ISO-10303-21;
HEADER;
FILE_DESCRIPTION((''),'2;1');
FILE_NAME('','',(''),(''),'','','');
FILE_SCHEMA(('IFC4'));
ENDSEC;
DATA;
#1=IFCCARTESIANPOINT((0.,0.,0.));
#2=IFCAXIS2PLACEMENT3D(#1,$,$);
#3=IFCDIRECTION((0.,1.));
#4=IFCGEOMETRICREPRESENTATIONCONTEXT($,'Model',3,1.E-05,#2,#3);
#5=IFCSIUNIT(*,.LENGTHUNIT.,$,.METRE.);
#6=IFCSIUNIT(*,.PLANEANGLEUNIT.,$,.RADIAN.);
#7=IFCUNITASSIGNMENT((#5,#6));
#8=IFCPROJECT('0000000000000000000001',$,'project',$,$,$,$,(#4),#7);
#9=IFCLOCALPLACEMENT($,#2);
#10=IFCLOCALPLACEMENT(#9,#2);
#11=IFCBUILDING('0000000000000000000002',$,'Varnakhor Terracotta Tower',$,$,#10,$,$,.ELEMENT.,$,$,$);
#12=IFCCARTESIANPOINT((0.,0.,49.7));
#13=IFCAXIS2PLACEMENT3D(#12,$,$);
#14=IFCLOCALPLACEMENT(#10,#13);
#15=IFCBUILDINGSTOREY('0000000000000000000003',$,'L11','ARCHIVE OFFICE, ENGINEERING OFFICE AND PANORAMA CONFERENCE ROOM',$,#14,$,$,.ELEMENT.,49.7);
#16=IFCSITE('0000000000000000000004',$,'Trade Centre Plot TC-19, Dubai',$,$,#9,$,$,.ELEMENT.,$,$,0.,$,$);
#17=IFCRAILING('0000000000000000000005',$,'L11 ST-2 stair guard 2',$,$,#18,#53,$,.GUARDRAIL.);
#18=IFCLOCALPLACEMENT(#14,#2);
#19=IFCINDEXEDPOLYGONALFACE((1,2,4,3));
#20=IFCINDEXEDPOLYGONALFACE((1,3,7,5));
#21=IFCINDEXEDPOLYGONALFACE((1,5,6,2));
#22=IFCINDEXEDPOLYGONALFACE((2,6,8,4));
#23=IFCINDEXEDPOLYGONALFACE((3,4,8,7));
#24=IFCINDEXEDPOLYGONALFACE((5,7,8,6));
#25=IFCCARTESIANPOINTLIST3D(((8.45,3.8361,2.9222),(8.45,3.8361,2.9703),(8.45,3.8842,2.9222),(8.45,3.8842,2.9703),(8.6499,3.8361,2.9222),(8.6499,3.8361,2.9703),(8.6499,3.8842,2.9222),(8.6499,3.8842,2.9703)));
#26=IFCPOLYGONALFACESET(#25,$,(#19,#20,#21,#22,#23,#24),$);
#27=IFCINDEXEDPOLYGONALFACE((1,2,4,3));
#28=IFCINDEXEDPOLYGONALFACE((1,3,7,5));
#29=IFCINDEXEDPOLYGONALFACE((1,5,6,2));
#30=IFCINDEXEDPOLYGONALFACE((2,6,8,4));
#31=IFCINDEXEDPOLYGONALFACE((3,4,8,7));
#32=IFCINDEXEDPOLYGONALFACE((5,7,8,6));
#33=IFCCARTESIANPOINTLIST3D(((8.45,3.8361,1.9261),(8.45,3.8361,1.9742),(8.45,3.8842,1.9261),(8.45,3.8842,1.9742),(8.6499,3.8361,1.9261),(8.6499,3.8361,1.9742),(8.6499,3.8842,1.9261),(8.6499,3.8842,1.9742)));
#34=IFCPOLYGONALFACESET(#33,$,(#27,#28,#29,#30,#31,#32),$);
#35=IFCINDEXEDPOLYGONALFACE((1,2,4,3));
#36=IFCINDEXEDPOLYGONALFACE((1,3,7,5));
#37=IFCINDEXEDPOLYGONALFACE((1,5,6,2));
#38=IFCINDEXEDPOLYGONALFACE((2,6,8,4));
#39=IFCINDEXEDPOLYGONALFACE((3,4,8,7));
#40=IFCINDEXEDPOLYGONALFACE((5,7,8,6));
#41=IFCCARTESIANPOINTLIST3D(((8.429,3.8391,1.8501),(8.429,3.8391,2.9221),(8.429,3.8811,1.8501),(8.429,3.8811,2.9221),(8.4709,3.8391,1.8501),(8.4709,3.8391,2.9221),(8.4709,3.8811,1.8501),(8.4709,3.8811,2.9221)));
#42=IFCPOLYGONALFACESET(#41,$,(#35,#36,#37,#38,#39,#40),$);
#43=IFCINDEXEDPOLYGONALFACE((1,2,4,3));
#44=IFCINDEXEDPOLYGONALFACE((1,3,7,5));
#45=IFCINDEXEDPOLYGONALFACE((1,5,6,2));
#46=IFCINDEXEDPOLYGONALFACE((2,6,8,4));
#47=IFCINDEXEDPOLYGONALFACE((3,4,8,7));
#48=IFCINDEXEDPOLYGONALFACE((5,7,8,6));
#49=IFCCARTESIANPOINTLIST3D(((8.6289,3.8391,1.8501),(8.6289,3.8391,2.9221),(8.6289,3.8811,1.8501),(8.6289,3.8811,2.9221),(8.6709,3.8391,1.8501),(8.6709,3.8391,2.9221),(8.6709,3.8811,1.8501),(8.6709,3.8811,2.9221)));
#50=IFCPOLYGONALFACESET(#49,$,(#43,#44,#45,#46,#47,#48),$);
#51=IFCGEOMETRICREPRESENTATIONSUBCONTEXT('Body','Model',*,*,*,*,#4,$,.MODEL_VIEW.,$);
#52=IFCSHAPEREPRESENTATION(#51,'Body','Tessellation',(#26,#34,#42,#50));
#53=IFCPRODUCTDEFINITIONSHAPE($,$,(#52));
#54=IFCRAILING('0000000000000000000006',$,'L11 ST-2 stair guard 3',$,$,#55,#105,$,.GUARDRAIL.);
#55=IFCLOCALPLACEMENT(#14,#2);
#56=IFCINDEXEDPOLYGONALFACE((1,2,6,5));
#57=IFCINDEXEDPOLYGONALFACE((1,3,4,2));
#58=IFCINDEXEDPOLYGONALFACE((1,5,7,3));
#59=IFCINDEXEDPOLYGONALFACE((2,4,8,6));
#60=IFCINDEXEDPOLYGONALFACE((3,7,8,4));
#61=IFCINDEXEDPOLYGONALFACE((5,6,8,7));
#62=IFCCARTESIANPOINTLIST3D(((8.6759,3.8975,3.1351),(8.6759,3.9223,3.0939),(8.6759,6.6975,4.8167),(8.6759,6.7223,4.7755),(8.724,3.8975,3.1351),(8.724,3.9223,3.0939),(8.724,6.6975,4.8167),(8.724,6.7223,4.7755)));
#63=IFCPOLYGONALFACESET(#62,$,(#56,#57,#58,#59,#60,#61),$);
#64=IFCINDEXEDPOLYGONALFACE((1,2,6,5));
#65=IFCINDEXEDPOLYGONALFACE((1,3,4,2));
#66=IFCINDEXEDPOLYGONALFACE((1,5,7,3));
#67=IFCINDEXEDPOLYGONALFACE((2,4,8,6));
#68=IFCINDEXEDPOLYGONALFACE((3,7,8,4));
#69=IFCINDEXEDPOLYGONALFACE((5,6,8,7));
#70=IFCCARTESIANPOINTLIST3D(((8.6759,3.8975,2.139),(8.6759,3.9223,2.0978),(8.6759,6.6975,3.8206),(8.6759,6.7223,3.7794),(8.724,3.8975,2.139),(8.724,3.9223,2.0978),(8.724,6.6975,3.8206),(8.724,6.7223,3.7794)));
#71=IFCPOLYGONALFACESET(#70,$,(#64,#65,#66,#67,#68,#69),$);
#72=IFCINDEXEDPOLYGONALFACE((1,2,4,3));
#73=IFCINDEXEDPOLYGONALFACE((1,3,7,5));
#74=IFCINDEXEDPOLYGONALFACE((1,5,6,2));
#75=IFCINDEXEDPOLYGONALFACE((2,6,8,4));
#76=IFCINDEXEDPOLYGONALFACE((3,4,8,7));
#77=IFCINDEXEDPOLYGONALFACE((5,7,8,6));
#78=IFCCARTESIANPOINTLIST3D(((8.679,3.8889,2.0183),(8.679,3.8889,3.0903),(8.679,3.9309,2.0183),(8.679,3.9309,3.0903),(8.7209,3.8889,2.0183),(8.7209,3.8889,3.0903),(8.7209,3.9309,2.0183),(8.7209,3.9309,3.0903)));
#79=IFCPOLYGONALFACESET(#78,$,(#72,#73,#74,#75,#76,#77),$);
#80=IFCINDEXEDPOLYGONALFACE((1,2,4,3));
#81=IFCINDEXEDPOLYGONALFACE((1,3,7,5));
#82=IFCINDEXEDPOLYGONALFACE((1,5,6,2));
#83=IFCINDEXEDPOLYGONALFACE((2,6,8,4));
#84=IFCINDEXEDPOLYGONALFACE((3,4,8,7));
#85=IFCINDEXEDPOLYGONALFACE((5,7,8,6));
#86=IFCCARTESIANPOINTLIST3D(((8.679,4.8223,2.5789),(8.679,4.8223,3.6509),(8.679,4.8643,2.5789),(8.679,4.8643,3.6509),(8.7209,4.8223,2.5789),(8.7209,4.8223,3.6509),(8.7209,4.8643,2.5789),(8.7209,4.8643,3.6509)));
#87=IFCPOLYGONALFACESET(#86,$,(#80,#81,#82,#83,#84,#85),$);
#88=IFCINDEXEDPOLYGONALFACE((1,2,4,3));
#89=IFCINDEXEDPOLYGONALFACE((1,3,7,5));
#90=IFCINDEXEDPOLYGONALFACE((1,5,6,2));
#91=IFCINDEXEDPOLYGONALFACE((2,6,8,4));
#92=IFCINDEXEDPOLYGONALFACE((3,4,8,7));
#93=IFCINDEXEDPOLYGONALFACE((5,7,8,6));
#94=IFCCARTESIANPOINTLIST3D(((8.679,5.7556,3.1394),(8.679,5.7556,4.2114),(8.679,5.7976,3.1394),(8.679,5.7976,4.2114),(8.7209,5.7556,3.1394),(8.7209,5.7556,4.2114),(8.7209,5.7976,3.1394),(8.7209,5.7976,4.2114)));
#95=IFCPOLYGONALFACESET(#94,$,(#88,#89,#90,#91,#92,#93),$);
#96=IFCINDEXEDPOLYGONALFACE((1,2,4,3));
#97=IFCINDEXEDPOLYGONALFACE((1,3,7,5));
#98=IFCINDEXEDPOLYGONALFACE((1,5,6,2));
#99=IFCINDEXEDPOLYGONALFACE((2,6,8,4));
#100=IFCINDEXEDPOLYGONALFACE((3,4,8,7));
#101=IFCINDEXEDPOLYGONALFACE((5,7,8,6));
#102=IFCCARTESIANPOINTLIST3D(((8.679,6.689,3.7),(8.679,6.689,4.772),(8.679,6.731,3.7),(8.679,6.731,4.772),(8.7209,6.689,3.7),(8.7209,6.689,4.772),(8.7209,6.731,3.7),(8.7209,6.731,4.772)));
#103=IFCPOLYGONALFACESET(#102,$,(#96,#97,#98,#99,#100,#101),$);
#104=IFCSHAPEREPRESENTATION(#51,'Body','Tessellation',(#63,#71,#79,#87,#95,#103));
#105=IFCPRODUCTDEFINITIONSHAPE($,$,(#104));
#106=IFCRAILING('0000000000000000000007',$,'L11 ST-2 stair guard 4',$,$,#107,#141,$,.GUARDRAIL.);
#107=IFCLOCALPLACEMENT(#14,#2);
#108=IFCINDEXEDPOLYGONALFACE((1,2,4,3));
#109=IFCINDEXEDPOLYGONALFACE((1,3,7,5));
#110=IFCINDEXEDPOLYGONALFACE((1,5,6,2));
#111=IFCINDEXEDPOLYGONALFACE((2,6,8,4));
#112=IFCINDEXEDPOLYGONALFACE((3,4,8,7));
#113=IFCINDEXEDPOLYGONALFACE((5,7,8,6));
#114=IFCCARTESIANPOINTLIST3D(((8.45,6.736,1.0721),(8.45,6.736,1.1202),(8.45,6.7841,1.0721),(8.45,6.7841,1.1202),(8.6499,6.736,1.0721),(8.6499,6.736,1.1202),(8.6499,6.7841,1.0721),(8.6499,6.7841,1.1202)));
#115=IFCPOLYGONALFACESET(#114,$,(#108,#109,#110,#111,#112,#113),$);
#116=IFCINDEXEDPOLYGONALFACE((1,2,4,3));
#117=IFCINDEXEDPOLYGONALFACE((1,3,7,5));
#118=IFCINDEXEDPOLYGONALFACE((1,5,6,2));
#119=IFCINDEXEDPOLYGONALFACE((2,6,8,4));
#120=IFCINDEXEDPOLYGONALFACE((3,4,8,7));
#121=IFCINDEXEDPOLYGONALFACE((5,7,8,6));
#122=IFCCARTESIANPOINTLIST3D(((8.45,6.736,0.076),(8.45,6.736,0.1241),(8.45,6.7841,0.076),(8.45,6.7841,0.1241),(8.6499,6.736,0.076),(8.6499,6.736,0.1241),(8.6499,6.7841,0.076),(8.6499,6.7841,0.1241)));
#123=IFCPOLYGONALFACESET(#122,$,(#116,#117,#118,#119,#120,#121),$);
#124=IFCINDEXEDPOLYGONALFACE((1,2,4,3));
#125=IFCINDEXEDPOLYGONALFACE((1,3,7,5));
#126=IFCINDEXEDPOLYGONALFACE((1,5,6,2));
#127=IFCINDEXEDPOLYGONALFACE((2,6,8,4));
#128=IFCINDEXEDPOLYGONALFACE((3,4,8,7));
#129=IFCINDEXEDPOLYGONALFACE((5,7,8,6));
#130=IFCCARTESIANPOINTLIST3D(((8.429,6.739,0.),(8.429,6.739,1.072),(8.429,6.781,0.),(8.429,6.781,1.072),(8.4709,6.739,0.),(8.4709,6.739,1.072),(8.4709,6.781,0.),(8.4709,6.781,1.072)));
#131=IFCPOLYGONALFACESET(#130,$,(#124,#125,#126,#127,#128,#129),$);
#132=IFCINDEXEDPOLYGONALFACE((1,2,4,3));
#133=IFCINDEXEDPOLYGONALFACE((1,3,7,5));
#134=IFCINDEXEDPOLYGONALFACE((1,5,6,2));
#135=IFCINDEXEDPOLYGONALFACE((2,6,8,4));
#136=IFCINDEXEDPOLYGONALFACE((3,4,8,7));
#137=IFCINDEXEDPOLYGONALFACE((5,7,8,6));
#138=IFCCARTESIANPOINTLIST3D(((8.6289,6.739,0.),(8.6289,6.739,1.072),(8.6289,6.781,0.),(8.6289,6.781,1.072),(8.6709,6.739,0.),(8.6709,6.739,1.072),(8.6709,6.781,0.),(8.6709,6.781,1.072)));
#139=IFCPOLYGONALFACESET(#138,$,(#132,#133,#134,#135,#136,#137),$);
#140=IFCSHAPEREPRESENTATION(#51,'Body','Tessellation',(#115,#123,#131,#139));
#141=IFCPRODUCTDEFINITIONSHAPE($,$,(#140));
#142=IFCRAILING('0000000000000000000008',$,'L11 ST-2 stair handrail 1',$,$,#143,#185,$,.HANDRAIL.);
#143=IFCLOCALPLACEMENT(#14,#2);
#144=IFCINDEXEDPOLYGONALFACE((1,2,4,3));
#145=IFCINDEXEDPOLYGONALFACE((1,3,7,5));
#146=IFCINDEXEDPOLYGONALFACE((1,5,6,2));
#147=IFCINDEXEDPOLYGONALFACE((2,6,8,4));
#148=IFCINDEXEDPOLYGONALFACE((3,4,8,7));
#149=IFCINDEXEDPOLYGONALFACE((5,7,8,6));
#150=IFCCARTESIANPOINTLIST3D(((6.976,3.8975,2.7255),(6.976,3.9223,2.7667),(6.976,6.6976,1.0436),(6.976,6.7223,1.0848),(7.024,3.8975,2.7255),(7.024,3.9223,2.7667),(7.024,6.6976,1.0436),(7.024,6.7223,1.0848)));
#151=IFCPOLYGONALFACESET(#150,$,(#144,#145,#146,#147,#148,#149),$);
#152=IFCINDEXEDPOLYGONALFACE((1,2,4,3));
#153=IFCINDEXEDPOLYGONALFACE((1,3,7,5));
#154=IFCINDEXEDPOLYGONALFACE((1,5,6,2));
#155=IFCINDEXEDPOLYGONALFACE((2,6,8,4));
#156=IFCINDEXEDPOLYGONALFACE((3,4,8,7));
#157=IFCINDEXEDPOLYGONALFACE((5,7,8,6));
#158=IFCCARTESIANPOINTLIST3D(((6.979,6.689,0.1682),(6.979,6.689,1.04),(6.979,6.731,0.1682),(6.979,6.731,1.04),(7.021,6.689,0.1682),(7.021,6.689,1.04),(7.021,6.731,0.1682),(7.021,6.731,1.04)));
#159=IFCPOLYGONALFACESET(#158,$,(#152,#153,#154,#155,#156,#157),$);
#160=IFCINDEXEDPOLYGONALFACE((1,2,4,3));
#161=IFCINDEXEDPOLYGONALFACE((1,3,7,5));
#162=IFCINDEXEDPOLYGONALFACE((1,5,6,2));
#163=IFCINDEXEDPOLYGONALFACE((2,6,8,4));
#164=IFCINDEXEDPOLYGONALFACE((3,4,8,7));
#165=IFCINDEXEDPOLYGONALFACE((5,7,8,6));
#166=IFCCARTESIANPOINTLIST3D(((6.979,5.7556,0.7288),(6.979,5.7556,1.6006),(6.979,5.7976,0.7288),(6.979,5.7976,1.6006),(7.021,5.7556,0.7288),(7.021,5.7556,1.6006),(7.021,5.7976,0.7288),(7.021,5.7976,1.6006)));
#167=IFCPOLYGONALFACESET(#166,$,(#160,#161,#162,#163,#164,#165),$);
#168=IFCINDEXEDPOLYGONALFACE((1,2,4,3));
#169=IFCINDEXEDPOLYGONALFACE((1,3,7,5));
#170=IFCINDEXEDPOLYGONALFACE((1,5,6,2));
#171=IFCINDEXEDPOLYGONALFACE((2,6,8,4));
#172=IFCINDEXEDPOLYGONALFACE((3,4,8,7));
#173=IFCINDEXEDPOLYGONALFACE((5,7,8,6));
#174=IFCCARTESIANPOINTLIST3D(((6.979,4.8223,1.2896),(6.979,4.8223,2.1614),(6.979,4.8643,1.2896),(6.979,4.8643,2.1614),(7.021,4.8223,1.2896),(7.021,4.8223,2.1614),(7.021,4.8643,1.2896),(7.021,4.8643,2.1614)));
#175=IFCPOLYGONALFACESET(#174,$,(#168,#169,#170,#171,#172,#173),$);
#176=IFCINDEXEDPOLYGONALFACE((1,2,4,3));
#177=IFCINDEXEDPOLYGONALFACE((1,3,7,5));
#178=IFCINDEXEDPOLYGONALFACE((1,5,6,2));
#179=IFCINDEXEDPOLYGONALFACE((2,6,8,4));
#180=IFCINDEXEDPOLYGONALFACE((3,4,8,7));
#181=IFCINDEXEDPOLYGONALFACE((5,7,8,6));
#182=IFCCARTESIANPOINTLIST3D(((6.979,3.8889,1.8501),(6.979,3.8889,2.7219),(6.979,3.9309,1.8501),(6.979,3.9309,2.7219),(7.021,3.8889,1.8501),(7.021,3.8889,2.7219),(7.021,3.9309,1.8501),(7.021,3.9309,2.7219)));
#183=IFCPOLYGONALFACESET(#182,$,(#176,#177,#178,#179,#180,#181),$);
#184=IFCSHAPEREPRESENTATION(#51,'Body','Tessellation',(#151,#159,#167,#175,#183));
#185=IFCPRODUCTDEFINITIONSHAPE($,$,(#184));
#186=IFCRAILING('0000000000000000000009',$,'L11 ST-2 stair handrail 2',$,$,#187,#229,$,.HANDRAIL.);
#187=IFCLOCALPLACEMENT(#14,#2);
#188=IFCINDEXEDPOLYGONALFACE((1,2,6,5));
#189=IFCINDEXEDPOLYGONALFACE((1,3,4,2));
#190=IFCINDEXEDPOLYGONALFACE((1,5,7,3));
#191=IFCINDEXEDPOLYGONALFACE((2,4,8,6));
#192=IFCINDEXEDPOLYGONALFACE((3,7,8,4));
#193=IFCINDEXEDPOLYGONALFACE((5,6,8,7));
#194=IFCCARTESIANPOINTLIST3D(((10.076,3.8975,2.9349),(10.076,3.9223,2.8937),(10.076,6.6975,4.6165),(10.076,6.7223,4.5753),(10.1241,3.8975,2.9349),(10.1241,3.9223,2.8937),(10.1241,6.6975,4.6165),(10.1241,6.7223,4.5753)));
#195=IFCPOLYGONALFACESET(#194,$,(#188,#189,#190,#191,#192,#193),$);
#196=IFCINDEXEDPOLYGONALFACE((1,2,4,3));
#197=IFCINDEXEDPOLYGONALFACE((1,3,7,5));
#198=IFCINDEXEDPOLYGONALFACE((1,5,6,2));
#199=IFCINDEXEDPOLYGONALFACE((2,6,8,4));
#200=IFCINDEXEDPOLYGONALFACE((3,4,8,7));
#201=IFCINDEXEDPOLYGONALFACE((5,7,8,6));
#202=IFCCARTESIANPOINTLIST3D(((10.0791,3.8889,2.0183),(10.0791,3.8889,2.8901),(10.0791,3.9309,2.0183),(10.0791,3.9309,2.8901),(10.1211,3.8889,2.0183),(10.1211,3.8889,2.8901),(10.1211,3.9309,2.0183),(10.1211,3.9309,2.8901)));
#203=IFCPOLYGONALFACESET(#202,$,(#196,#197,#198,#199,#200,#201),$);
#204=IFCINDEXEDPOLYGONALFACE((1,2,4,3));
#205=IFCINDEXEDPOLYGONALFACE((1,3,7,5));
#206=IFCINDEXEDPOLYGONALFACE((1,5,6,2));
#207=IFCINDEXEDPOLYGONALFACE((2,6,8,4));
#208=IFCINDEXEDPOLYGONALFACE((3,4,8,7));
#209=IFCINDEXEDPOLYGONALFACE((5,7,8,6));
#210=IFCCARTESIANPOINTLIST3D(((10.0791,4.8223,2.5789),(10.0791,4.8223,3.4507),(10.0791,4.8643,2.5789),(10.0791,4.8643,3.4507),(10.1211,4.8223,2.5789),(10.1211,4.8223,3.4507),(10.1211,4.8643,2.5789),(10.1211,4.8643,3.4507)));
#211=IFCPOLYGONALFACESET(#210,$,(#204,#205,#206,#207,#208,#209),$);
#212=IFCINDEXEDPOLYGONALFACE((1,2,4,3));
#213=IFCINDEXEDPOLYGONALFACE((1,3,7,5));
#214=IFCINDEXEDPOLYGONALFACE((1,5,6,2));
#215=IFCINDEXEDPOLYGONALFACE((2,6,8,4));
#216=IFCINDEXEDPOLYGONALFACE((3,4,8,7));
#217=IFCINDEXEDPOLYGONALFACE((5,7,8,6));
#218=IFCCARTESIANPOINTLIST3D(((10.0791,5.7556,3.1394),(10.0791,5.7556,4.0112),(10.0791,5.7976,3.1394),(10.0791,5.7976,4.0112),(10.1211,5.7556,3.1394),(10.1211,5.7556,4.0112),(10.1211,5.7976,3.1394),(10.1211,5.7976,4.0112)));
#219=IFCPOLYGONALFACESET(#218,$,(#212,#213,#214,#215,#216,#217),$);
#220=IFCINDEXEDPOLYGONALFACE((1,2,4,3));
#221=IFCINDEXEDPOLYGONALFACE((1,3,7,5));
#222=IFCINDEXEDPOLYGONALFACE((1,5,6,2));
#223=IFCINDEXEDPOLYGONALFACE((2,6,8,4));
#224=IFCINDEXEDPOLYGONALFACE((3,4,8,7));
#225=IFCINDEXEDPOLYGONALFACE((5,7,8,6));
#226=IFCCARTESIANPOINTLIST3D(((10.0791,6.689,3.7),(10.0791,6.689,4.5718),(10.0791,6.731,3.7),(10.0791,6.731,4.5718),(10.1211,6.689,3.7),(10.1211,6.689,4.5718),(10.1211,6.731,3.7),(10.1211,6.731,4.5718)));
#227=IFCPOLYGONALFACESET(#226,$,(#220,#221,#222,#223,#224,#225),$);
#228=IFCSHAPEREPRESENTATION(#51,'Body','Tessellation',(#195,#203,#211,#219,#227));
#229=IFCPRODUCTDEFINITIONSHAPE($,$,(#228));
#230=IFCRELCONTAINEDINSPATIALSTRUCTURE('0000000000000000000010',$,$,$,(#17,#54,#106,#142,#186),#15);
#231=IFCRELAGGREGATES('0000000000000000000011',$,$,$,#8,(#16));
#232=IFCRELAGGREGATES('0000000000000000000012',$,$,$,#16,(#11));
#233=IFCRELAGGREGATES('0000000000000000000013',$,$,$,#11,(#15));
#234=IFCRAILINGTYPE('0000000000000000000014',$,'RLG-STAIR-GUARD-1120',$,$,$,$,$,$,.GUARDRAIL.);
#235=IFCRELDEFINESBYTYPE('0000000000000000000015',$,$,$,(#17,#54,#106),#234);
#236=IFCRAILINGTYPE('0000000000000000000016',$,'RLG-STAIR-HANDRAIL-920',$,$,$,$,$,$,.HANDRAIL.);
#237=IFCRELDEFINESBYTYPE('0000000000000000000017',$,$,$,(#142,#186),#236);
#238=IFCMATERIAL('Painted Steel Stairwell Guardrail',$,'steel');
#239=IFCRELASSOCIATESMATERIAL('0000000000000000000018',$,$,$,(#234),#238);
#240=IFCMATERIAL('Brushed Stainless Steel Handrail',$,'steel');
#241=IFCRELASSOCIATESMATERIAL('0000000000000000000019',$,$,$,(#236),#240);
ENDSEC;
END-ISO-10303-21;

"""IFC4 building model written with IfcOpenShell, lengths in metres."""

from ifc_helpers import new_model, si_unit, direction, frame, origin, origin_2d, place, context, subcontext, project, spatial, rectangle, extrude, material, type_object, element, save


model = new_model("IFC4")

# Units and contexts
model_context = context("Model", 3, precision=1e-05, world=origin(), true_north=direction((0.0, 1.0)))
body_context = subcontext(model_context, "Body", "Model", "MODEL_VIEW")
ifc_project = project(units=[si_unit("LENGTHUNIT", "METRE"), si_unit("PLANEANGLEUNIT", "RADIAN")], contexts=[model_context])

# Site, building, storey
site_placement = place(None, origin())
site = spatial("IfcSite", under=ifc_project, at=site_placement, Name="Trade Centre Plot TC-19, Dubai", CompositionType="ELEMENT", RefElevation=0.0)
building_placement = place(site_placement, origin())
building = spatial("IfcBuilding", under=site, at=building_placement, Name="Varnakhor Terracotta Tower", CompositionType="ELEMENT")
storey_placement = place(building_placement, frame((0.0, 0.0, 49.7)))
storey = spatial("IfcBuildingStorey", under=building, at=storey_placement, Name="L11", Description="ARCHIVE OFFICE, ENGINEERING OFFICE AND PANORAMA CONFERENCE ROOM", CompositionType="ELEMENT", Elevation=49.7)

# Railings
ifc_material_1 = material(Name="Painted Steel Stairwell Guardrail", Category="steel")
railing_type_1 = type_object("IfcRailingType", Name="RLG-STAIR-GUARD-1120", PredefinedType="GUARDRAIL", material=ifc_material_1)
railing_1_placement = place(storey_placement, frame((8.45, 3.8601, 1.8501)))
element("IfcRailing", 1, at=railing_1_placement, inside=storey, type_object=railing_type_1, Name="L11 ST-2 stair guard 2", PredefinedType="GUARDRAIL", context=body_context, shape_type="SweptSolid", body=[
    extrude(rectangle(XDim=0.0481, YDim=0.0481, at=origin_2d()), frame((0.0, 0.0, 1.0962), z_axis=(1.0, 0.0, 0.0), x_axis=(0.0, 1.0, 0.0)), (0.0, 0.0, 1.0), 0.2),
    extrude(rectangle(XDim=0.0481, YDim=0.0481, at=origin_2d()), frame((0.0, 0.0, 0.1001), z_axis=(1.0, 0.0, 0.0), x_axis=(0.0, 1.0, 0.0)), (0.0, 0.0, 1.0), 0.2),
    extrude(rectangle(XDim=0.042, YDim=0.042, at=origin_2d()), origin(), (0.0, 0.0, 1.0), 1.072),
    extrude(rectangle(XDim=0.042, YDim=0.042, at=origin_2d()), frame((0.2, 0.0, 0.0)), (0.0, 0.0, 1.0), 1.072),
])
railing_2_placement = place(storey_placement, frame((8.7, 3.9099, 2.0183)))
element("IfcRailing", 2, at=railing_2_placement, inside=storey, type_object=railing_type_1, Name="L11 ST-2 stair guard 3", PredefinedType="GUARDRAIL", context=body_context, shape_type="SweptSolid", body=[
    extrude(rectangle(XDim=0.0481, YDim=0.0481, at=origin_2d()), frame((0.0, 0.0, 1.0962), z_axis=(0.0, 0.857275, 0.514858), x_axis=(-1.0, 0.0, 0.0)), (0.0, 0.0, 1.0), 3.2661),
    extrude(rectangle(XDim=0.0481, YDim=0.0481, at=origin_2d()), frame((0.0, 0.0, 0.1001), z_axis=(0.0, 0.857275, 0.514858), x_axis=(-1.0, 0.0, 0.0)), (0.0, 0.0, 1.0), 3.2661),
    extrude(rectangle(XDim=0.042, YDim=0.042, at=origin_2d()), origin(), (0.0, 0.0, 1.0), 1.072),
    extrude(rectangle(XDim=0.042, YDim=0.042, at=origin_2d()), frame((0.0, 0.9333, 0.5605)), (0.0, 0.0, 1.0), 1.072),
    extrude(rectangle(XDim=0.042, YDim=0.042, at=origin_2d()), frame((0.0, 1.8667, 1.1211)), (0.0, 0.0, 1.0), 1.072),
    extrude(rectangle(XDim=0.042, YDim=0.042, at=origin_2d()), frame((0.0, 2.8, 1.6816)), (0.0, 0.0, 1.0), 1.072),
])
railing_3_placement = place(storey_placement, frame((8.45, 6.76, 0.0)))
element("IfcRailing", 3, at=railing_3_placement, inside=storey, type_object=railing_type_1, Name="L11 ST-2 stair guard 4", PredefinedType="GUARDRAIL", context=body_context, shape_type="SweptSolid", body=[
    extrude(rectangle(XDim=0.0481, YDim=0.0481, at=origin_2d()), frame((0.0, 0.0, 1.0962), z_axis=(1.0, 0.0, 0.0), x_axis=(0.0, 1.0, 0.0)), (0.0, 0.0, 1.0), 0.2),
    extrude(rectangle(XDim=0.0481, YDim=0.0481, at=origin_2d()), frame((0.0, 0.0, 0.1001), z_axis=(1.0, 0.0, 0.0), x_axis=(0.0, 1.0, 0.0)), (0.0, 0.0, 1.0), 0.2),
    extrude(rectangle(XDim=0.042, YDim=0.042, at=origin_2d()), origin(), (0.0, 0.0, 1.0), 1.072),
    extrude(rectangle(XDim=0.042, YDim=0.042, at=origin_2d()), frame((0.2, 0.0, 0.0)), (0.0, 0.0, 1.0), 1.072),
])
ifc_material_2 = material(Name="Brushed Stainless Steel Handrail", Category="steel")
railing_type_2 = type_object("IfcRailingType", Name="RLG-STAIR-HANDRAIL-920", PredefinedType="HANDRAIL", material=ifc_material_2)
railing_4_placement = place(storey_placement, frame((7.0, 6.71, 0.1682)))
element("IfcRailing", 4, at=railing_4_placement, inside=storey, type_object=railing_type_2, Name="L11 ST-2 stair handrail 1", PredefinedType="HANDRAIL", context=body_context, shape_type="SweptSolid", body=[
    extrude(rectangle(XDim=0.0481, YDim=0.0481, at=origin_2d()), frame((0.0, 0.0, 0.896), z_axis=(0.0, -0.857242, 0.514913), x_axis=(1.0, 0.0, 0.0)), (0.0, 0.0, 1.0), 3.2664),
    extrude(rectangle(XDim=0.042, YDim=0.042, at=origin_2d()), origin(), (0.0, 0.0, 1.0), 0.8718),
    extrude(rectangle(XDim=0.042, YDim=0.042, at=origin_2d()), frame((0.0, -0.9333, 0.5605)), (0.0, 0.0, 1.0), 0.8718),
    extrude(rectangle(XDim=0.042, YDim=0.042, at=origin_2d()), frame((0.0, -1.8667, 1.1213)), (0.0, 0.0, 1.0), 0.8718),
    extrude(rectangle(XDim=0.042, YDim=0.042, at=origin_2d()), frame((0.0, -2.8, 1.6819)), (0.0, 0.0, 1.0), 0.8718),
])
railing_5_placement = place(storey_placement, frame((10.1001, 3.9099, 2.0183)))
element("IfcRailing", 5, at=railing_5_placement, inside=storey, type_object=railing_type_2, Name="L11 ST-2 stair handrail 2", PredefinedType="HANDRAIL", context=body_context, shape_type="SweptSolid", body=[
    extrude(rectangle(XDim=0.0481, YDim=0.0481, at=origin_2d()), frame((0.0, 0.0, 0.896), z_axis=(0.0, 0.857275, 0.514858), x_axis=(-1.0, 0.0, 0.0)), (0.0, 0.0, 1.0), 3.2661),
    extrude(rectangle(XDim=0.042, YDim=0.042, at=origin_2d()), origin(), (0.0, 0.0, 1.0), 0.8718),
    extrude(rectangle(XDim=0.042, YDim=0.042, at=origin_2d()), frame((0.0, 0.9333, 0.5605)), (0.0, 0.0, 1.0), 0.8718),
    extrude(rectangle(XDim=0.042, YDim=0.042, at=origin_2d()), frame((0.0, 1.8667, 1.1211)), (0.0, 0.0, 1.0), 0.8718),
    extrude(rectangle(XDim=0.042, YDim=0.042, at=origin_2d()), frame((0.0, 2.8, 1.6816)), (0.0, 0.0, 1.0), 0.8718),
])

save(model, "model.ifc")
